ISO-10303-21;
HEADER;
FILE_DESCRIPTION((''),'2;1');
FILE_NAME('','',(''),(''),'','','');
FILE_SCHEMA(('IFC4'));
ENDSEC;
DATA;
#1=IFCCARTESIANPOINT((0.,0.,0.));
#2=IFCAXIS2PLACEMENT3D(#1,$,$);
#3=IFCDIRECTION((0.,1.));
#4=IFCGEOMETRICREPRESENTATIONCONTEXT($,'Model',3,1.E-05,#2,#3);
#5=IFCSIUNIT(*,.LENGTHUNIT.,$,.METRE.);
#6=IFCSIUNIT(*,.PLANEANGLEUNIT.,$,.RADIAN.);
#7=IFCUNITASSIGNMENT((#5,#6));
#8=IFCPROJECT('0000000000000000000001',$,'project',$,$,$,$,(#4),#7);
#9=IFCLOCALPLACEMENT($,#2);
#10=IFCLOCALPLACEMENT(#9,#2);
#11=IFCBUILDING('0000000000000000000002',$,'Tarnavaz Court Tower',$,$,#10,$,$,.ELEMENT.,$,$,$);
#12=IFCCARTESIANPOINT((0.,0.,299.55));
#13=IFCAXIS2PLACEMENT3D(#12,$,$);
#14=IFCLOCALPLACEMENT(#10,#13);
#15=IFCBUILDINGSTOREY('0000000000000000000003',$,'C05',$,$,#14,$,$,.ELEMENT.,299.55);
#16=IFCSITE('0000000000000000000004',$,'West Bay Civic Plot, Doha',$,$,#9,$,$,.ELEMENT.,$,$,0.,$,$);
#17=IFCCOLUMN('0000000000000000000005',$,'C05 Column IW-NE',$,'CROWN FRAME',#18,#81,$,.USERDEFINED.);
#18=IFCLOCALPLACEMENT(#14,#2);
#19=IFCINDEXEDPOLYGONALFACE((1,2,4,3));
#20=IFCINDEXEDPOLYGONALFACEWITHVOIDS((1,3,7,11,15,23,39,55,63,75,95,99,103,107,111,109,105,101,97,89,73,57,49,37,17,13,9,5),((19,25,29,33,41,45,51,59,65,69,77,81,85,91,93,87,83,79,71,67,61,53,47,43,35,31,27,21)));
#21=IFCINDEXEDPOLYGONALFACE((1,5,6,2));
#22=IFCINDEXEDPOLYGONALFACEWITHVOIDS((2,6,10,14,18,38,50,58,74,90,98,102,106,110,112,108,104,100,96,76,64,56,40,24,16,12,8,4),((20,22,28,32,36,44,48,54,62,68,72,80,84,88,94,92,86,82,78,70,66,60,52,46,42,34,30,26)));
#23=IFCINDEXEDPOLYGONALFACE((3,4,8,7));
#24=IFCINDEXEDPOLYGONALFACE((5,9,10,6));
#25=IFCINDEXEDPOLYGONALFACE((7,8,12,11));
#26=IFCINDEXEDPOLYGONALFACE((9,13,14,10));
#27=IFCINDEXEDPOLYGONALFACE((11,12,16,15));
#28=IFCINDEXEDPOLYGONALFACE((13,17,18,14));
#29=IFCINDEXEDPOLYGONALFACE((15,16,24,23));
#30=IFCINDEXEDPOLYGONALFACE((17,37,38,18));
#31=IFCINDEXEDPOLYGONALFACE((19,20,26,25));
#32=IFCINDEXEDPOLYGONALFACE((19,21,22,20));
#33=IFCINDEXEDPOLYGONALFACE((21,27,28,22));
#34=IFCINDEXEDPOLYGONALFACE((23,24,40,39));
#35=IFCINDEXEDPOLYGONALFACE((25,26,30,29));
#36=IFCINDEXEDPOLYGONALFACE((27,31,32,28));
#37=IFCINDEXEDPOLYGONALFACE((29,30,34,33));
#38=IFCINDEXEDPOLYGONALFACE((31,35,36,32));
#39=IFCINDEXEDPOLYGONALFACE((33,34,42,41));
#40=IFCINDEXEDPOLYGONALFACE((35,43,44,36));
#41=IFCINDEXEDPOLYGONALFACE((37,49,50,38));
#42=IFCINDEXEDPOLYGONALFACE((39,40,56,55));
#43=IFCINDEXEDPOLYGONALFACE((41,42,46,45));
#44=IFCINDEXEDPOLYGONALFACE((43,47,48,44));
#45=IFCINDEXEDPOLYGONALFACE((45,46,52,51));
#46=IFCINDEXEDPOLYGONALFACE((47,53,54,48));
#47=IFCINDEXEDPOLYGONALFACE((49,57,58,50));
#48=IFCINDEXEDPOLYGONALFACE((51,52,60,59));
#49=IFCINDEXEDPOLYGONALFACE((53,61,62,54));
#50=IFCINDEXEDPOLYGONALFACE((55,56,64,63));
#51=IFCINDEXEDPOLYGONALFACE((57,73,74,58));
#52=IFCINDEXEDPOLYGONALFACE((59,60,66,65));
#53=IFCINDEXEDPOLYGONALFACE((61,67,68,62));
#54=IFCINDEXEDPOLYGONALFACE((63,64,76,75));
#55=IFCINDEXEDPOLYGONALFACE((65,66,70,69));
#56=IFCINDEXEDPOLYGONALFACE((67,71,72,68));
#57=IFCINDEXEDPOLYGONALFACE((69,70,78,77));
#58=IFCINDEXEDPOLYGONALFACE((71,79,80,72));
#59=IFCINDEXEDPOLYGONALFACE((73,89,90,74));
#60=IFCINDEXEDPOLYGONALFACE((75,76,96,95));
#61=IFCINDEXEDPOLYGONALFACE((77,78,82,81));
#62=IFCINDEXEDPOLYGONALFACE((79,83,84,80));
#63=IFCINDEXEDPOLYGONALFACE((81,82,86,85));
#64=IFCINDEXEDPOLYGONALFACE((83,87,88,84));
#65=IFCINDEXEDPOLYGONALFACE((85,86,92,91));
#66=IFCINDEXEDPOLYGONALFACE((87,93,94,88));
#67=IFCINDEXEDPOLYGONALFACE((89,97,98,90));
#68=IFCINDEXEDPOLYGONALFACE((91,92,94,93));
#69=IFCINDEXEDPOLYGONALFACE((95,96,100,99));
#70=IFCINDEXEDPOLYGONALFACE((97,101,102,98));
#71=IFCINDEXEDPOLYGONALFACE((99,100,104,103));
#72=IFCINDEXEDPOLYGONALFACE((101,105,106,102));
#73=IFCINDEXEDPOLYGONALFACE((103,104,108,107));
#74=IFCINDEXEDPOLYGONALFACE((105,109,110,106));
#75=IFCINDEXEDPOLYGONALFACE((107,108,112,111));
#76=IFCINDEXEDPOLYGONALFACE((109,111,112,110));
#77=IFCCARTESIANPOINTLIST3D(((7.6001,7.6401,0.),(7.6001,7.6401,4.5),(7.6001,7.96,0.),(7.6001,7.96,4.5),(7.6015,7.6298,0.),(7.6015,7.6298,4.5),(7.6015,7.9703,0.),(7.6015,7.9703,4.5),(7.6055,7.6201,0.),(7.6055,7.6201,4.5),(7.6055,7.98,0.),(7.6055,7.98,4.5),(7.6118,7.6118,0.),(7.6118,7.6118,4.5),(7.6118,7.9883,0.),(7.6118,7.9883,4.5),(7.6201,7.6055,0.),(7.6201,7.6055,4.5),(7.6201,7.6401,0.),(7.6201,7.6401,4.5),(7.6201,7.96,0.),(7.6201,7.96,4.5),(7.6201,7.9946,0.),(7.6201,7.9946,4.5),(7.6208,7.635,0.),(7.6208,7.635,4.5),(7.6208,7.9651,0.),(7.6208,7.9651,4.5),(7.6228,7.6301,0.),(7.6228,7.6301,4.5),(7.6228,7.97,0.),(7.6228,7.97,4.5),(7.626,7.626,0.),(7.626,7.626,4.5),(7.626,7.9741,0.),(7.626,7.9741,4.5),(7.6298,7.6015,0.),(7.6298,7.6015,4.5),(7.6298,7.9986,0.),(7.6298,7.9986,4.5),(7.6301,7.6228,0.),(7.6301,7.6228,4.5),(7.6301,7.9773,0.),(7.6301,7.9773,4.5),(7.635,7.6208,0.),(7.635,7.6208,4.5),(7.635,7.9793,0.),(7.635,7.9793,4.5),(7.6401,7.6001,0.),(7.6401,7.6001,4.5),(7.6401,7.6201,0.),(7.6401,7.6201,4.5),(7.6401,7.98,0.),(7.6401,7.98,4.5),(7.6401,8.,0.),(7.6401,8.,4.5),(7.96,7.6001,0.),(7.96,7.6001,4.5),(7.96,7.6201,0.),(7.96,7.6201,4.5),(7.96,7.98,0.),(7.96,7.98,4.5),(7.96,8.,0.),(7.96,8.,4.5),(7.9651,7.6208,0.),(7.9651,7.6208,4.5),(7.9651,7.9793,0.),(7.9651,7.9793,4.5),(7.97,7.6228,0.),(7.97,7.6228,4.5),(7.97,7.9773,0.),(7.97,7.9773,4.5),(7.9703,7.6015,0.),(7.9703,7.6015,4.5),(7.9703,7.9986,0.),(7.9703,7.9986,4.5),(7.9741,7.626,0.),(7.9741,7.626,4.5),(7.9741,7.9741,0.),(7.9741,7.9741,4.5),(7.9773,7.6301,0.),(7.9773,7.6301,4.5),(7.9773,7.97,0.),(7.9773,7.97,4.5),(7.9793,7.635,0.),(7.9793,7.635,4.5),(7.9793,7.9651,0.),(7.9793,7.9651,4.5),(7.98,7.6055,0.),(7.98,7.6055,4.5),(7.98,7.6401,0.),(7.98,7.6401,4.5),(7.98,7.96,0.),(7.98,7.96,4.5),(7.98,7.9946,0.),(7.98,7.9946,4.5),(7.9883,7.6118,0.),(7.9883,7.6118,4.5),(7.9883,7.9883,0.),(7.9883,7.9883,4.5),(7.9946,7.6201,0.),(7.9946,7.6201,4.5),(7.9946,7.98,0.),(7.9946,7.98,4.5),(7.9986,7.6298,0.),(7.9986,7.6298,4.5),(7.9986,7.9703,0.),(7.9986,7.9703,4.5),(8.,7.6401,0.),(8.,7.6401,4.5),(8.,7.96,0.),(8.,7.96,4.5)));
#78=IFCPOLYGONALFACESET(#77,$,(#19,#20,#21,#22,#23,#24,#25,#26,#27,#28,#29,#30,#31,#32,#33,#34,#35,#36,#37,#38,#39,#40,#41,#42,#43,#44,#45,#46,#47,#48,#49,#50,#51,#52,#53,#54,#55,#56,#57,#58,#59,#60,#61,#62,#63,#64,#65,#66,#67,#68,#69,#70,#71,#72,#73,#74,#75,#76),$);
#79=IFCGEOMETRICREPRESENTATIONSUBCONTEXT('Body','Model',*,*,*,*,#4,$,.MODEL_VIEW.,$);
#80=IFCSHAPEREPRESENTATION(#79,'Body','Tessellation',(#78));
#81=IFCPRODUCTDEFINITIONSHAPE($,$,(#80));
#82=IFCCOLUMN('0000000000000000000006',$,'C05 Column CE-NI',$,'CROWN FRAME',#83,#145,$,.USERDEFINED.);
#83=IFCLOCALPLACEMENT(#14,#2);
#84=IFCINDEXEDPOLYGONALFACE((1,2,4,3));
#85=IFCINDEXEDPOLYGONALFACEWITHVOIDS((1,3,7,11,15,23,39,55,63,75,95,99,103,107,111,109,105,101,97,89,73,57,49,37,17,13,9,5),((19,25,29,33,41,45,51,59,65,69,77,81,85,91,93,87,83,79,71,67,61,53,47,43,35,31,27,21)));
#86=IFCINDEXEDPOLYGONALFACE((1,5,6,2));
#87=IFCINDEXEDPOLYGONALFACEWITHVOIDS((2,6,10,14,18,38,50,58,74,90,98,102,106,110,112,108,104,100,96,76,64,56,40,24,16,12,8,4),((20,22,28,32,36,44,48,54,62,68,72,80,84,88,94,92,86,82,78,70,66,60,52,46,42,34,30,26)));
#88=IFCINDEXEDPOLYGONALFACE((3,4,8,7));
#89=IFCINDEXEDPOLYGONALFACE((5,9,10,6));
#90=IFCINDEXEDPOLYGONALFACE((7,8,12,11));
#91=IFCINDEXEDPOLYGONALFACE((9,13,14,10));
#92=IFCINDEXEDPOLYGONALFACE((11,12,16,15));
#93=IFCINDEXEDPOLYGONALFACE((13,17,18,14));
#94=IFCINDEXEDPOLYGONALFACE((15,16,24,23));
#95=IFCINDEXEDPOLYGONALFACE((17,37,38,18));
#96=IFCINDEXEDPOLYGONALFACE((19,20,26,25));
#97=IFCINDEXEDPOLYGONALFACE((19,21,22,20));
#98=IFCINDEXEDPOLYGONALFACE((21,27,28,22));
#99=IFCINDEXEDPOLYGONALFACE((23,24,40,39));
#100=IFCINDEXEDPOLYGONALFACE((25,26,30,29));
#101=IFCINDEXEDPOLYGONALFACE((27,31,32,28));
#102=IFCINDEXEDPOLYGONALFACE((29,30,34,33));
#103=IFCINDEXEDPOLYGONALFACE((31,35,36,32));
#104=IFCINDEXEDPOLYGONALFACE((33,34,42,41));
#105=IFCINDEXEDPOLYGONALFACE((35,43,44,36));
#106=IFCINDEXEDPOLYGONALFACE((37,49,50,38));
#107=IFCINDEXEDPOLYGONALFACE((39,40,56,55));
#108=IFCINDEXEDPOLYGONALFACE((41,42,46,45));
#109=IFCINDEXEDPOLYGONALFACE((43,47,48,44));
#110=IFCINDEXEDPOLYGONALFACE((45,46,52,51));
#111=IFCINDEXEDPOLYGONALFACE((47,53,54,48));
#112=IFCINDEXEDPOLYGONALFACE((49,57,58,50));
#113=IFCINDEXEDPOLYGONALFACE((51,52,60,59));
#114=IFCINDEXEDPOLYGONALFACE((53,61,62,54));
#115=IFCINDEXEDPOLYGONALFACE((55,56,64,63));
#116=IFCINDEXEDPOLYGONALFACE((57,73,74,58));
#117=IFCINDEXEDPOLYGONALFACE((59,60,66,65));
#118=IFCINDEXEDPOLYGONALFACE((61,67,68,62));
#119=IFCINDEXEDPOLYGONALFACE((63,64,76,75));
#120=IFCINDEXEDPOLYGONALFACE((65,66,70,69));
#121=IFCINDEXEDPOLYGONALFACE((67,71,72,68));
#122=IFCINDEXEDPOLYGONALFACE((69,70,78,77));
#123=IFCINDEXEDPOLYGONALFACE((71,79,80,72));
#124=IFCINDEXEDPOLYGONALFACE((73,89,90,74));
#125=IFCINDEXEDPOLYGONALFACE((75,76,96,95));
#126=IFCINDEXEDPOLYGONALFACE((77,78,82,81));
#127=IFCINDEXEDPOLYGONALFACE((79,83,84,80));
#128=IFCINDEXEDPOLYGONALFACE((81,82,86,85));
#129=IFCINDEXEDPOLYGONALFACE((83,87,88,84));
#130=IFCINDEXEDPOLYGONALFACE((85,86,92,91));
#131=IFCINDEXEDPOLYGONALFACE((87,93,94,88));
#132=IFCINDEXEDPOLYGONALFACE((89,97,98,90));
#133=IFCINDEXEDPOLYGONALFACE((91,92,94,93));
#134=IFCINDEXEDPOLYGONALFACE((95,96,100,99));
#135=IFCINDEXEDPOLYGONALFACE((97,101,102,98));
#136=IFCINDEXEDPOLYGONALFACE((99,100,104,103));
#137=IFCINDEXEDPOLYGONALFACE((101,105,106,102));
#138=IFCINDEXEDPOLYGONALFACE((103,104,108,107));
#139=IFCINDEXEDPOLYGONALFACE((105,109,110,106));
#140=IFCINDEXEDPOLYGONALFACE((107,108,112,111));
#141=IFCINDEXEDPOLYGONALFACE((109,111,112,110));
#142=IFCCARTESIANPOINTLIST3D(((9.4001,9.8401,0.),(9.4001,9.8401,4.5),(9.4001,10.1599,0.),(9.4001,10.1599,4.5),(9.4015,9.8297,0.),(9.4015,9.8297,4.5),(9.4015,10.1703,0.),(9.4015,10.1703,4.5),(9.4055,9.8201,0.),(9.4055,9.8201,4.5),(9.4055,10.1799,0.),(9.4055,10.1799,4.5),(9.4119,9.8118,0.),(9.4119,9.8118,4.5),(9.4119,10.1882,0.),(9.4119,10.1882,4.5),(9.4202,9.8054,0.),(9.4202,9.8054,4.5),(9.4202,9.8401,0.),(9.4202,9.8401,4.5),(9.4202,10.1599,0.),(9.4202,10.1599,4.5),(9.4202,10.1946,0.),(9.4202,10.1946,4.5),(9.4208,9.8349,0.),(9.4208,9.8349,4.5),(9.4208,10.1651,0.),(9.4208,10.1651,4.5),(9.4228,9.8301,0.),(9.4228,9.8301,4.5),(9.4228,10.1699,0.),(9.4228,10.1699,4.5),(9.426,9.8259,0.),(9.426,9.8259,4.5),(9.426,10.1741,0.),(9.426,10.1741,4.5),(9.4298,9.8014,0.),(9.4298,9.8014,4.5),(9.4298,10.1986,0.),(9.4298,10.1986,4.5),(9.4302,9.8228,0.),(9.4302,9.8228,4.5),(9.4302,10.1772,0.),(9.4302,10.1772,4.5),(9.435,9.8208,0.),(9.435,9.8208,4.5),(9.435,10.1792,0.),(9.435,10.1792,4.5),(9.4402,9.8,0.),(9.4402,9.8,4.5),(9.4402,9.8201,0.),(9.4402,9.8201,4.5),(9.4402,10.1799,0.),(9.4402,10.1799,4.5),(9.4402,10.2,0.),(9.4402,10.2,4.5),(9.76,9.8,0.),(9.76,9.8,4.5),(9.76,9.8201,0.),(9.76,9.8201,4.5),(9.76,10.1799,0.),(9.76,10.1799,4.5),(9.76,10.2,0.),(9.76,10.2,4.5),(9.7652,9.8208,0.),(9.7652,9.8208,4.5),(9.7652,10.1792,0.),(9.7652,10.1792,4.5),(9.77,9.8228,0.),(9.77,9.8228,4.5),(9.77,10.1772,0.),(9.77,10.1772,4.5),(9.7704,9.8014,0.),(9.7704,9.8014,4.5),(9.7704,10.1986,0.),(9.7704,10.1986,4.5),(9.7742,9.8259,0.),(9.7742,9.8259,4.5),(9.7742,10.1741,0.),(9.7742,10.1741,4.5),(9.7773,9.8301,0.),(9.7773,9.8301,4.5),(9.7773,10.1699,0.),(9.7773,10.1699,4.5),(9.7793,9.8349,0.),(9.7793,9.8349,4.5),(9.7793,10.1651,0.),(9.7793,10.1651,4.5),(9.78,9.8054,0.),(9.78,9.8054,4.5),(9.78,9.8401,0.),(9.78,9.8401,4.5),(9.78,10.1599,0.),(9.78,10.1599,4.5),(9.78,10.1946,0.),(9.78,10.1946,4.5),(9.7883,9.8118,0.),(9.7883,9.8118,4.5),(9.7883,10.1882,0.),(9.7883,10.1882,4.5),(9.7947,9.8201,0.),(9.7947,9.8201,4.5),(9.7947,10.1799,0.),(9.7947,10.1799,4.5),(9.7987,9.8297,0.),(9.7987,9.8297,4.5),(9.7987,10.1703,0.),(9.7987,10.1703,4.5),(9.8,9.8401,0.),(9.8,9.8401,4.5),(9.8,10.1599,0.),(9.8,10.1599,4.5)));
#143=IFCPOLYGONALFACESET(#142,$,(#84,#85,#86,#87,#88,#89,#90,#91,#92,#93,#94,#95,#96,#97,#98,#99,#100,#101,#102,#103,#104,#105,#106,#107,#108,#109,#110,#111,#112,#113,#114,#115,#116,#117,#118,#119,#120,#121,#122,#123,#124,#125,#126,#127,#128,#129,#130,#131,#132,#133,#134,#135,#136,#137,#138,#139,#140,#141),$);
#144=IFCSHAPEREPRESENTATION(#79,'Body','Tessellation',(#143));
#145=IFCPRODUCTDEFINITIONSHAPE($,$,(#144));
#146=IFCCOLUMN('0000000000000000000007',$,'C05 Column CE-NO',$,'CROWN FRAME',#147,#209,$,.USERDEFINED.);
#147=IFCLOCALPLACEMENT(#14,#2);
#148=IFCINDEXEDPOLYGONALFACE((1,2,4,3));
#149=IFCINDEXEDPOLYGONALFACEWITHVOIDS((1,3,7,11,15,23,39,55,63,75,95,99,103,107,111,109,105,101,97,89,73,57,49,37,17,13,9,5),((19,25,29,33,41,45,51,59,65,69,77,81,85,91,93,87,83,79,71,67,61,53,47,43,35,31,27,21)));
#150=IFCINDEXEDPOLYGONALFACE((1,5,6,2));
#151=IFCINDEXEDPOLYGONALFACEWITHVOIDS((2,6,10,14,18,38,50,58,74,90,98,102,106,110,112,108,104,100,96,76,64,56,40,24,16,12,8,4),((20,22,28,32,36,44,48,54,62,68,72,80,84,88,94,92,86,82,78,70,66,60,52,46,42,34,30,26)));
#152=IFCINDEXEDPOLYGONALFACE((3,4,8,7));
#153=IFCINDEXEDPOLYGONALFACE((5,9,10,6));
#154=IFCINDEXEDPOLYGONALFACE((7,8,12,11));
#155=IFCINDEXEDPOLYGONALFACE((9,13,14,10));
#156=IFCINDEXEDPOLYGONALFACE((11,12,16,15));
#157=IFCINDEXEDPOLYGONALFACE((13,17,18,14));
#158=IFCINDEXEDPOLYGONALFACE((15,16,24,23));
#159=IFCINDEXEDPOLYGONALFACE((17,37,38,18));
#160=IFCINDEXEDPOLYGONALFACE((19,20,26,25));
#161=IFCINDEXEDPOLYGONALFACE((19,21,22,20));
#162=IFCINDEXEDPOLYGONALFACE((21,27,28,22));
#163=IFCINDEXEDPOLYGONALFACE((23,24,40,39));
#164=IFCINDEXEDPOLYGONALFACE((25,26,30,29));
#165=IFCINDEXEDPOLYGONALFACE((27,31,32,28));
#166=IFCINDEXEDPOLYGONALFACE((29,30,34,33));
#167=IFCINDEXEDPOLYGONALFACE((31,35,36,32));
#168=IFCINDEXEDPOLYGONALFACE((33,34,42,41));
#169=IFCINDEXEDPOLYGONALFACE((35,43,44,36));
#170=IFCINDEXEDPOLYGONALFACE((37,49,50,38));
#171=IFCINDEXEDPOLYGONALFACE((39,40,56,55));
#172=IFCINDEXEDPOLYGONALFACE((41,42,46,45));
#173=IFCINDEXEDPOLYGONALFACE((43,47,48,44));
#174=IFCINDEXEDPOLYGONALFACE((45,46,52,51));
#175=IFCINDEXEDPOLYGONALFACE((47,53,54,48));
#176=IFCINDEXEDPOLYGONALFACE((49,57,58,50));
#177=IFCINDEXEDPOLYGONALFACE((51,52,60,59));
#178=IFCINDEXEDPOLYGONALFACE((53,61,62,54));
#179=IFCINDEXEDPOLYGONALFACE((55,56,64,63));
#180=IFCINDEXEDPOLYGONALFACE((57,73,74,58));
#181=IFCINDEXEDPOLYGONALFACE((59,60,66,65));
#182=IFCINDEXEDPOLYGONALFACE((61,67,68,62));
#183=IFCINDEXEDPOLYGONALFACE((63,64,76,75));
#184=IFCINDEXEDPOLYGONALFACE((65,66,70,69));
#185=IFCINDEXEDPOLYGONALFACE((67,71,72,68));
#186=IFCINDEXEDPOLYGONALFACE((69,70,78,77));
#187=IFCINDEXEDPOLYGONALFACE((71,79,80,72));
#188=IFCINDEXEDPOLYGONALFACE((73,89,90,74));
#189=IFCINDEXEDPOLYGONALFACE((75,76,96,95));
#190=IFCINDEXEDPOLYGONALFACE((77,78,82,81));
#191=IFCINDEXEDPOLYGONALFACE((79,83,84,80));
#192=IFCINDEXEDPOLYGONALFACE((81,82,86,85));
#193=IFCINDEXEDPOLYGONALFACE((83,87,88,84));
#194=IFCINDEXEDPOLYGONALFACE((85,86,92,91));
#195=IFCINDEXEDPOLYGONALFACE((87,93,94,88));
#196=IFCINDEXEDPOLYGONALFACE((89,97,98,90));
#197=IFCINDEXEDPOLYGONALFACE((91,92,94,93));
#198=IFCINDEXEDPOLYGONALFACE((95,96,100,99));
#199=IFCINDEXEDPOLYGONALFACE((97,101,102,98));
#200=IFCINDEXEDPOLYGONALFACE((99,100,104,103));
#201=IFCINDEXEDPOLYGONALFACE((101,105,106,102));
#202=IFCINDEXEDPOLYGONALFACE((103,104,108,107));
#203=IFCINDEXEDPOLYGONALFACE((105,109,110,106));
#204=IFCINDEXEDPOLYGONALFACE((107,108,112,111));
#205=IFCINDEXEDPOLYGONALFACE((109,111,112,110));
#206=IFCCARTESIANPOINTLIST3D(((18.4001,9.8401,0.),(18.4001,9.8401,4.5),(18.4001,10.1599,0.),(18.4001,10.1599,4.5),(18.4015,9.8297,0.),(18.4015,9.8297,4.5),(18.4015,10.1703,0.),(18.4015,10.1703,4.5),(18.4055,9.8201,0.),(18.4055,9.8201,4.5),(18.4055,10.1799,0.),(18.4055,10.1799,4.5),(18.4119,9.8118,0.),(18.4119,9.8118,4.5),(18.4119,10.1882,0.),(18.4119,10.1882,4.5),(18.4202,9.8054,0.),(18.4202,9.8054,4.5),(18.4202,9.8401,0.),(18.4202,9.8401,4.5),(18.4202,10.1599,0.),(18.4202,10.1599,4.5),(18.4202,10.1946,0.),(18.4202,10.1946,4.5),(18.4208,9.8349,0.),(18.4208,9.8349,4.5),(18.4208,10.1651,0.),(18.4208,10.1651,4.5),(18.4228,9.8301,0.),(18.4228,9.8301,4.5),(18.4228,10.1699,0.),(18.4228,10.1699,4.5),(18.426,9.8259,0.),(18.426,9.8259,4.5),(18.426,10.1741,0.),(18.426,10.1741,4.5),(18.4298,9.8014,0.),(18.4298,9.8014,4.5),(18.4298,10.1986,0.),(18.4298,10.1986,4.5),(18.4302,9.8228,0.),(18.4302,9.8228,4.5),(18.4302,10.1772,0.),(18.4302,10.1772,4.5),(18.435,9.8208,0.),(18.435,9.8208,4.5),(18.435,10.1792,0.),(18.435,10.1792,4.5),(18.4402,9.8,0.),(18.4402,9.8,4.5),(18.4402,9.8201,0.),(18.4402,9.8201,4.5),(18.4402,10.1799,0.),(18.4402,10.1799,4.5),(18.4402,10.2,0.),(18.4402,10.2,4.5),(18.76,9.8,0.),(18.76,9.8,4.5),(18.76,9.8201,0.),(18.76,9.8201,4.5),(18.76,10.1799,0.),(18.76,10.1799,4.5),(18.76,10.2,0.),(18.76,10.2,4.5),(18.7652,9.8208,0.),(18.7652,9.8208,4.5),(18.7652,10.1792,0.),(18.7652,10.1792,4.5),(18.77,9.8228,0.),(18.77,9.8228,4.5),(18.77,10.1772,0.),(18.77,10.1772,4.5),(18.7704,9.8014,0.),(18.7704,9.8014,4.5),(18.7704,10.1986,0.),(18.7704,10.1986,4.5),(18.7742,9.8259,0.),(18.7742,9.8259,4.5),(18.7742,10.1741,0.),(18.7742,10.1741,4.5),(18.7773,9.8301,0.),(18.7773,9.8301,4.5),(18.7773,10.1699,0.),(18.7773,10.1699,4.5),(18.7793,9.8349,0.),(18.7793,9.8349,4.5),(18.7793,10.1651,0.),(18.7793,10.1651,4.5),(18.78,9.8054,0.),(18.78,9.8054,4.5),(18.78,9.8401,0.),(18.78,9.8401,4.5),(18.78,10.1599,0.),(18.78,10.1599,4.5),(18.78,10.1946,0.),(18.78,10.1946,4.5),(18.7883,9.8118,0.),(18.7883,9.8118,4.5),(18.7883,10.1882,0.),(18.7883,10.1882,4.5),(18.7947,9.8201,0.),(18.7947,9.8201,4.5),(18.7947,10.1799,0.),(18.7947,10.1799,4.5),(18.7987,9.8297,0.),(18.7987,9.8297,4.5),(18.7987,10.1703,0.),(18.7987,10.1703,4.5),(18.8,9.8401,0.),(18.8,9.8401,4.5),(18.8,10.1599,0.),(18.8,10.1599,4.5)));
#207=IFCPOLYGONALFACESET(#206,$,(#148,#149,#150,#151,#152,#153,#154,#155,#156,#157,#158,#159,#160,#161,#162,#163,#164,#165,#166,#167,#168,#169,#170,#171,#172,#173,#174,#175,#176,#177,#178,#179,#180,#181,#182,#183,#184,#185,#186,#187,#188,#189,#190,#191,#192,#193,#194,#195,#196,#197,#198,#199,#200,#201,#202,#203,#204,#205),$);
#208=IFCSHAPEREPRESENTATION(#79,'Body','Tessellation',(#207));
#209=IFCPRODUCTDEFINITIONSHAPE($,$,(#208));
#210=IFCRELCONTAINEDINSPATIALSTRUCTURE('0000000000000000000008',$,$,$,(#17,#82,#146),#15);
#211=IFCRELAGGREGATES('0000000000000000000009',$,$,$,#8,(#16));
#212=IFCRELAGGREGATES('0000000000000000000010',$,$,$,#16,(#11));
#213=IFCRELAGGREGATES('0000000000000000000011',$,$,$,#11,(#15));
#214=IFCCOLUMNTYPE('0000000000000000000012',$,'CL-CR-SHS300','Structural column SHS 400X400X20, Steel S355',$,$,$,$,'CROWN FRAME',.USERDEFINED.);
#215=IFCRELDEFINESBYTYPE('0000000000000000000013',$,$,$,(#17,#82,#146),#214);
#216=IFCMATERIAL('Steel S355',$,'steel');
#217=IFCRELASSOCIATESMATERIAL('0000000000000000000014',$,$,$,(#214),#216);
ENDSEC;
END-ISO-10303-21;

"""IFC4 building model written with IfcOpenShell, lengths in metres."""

from ifc_helpers import new_model, si_unit, direction, frame, origin, origin_2d, place, context, subcontext, project, spatial, hollow_rectangle, extrude, material, material_profile, profile_set, type_object, element, save


model = new_model("IFC4")

# Units and contexts
model_context = context("Model", 3, precision=1e-05, world=origin(), true_north=direction((0.0, 1.0)))
body_context = subcontext(model_context, "Body", "Model", "MODEL_VIEW")
ifc_project = project(units=[si_unit("LENGTHUNIT", "METRE"), si_unit("PLANEANGLEUNIT", "RADIAN")], contexts=[model_context])

# Site, building, storey
site_placement = place(None, origin())
site = spatial("IfcSite", under=ifc_project, at=site_placement, Name="West Bay Civic Plot, Doha", CompositionType="ELEMENT", RefElevation=0.0)
building_placement = place(site_placement, origin())
building = spatial("IfcBuilding", under=site, at=building_placement, Name="Tarnavaz Court Tower", CompositionType="ELEMENT")
storey_placement = place(building_placement, frame((0.0, 0.0, 299.55)))
storey = spatial("IfcBuildingStorey", under=building, at=storey_placement, Name="C05", CompositionType="ELEMENT", Elevation=299.55)

# Columns
ifc_material_1 = material(Name="Steel S355", Category="steel")
ifc_material_profile_1 = material_profile(ifc_material_1, hollow_rectangle(XDim=0.3999, YDim=0.3999, WallThickness=0.02, InnerFilletRadius=0.02, OuterFilletRadius=0.04, at=origin_2d()), Name="SHS 400X400X20")
ifc_profile_set_1 = profile_set([ifc_material_profile_1], Name="Steel S355")
column_type = type_object("IfcColumnType", Name="CL-CR-SHS300", Description="Structural column SHS 400X400X20, Steel S355", ElementType="CROWN FRAME", PredefinedType="USERDEFINED", material=ifc_profile_set_1)
for number, where, z_axis, x_axis, name in (
    (1, (7.8, 7.8, 0.0), (0.0, 0.0, 1.0), (1.0, 0.0, 0.0), "C05 Column IW-NE"),
    (2, (9.6001, 10.0, 0.0), (0.0, 0.0, 1.0), (1.0, 0.0, 0.0), "C05 Column CE-NI"),
    (3, (18.6001, 10.0, 0.0), (0.0, 0.0, 1.0), (1.0, 0.0, 0.0), "C05 Column CE-NO"),
):
    element("IfcColumn", number, at=place(storey_placement, frame(where, z_axis=z_axis, x_axis=x_axis)), inside=storey, type_object=column_type, Name=name, ObjectType="CROWN FRAME", PredefinedType="USERDEFINED", context=body_context, shape_type="SweptSolid", body=[
        extrude(hollow_rectangle(XDim=0.3999, YDim=0.3999, WallThickness=0.02, InnerFilletRadius=0.02, OuterFilletRadius=0.04, at=origin_2d()), origin(), (0.0, 0.0, 1.0), 4.5),
    ])

save(model, "model.ifc")
